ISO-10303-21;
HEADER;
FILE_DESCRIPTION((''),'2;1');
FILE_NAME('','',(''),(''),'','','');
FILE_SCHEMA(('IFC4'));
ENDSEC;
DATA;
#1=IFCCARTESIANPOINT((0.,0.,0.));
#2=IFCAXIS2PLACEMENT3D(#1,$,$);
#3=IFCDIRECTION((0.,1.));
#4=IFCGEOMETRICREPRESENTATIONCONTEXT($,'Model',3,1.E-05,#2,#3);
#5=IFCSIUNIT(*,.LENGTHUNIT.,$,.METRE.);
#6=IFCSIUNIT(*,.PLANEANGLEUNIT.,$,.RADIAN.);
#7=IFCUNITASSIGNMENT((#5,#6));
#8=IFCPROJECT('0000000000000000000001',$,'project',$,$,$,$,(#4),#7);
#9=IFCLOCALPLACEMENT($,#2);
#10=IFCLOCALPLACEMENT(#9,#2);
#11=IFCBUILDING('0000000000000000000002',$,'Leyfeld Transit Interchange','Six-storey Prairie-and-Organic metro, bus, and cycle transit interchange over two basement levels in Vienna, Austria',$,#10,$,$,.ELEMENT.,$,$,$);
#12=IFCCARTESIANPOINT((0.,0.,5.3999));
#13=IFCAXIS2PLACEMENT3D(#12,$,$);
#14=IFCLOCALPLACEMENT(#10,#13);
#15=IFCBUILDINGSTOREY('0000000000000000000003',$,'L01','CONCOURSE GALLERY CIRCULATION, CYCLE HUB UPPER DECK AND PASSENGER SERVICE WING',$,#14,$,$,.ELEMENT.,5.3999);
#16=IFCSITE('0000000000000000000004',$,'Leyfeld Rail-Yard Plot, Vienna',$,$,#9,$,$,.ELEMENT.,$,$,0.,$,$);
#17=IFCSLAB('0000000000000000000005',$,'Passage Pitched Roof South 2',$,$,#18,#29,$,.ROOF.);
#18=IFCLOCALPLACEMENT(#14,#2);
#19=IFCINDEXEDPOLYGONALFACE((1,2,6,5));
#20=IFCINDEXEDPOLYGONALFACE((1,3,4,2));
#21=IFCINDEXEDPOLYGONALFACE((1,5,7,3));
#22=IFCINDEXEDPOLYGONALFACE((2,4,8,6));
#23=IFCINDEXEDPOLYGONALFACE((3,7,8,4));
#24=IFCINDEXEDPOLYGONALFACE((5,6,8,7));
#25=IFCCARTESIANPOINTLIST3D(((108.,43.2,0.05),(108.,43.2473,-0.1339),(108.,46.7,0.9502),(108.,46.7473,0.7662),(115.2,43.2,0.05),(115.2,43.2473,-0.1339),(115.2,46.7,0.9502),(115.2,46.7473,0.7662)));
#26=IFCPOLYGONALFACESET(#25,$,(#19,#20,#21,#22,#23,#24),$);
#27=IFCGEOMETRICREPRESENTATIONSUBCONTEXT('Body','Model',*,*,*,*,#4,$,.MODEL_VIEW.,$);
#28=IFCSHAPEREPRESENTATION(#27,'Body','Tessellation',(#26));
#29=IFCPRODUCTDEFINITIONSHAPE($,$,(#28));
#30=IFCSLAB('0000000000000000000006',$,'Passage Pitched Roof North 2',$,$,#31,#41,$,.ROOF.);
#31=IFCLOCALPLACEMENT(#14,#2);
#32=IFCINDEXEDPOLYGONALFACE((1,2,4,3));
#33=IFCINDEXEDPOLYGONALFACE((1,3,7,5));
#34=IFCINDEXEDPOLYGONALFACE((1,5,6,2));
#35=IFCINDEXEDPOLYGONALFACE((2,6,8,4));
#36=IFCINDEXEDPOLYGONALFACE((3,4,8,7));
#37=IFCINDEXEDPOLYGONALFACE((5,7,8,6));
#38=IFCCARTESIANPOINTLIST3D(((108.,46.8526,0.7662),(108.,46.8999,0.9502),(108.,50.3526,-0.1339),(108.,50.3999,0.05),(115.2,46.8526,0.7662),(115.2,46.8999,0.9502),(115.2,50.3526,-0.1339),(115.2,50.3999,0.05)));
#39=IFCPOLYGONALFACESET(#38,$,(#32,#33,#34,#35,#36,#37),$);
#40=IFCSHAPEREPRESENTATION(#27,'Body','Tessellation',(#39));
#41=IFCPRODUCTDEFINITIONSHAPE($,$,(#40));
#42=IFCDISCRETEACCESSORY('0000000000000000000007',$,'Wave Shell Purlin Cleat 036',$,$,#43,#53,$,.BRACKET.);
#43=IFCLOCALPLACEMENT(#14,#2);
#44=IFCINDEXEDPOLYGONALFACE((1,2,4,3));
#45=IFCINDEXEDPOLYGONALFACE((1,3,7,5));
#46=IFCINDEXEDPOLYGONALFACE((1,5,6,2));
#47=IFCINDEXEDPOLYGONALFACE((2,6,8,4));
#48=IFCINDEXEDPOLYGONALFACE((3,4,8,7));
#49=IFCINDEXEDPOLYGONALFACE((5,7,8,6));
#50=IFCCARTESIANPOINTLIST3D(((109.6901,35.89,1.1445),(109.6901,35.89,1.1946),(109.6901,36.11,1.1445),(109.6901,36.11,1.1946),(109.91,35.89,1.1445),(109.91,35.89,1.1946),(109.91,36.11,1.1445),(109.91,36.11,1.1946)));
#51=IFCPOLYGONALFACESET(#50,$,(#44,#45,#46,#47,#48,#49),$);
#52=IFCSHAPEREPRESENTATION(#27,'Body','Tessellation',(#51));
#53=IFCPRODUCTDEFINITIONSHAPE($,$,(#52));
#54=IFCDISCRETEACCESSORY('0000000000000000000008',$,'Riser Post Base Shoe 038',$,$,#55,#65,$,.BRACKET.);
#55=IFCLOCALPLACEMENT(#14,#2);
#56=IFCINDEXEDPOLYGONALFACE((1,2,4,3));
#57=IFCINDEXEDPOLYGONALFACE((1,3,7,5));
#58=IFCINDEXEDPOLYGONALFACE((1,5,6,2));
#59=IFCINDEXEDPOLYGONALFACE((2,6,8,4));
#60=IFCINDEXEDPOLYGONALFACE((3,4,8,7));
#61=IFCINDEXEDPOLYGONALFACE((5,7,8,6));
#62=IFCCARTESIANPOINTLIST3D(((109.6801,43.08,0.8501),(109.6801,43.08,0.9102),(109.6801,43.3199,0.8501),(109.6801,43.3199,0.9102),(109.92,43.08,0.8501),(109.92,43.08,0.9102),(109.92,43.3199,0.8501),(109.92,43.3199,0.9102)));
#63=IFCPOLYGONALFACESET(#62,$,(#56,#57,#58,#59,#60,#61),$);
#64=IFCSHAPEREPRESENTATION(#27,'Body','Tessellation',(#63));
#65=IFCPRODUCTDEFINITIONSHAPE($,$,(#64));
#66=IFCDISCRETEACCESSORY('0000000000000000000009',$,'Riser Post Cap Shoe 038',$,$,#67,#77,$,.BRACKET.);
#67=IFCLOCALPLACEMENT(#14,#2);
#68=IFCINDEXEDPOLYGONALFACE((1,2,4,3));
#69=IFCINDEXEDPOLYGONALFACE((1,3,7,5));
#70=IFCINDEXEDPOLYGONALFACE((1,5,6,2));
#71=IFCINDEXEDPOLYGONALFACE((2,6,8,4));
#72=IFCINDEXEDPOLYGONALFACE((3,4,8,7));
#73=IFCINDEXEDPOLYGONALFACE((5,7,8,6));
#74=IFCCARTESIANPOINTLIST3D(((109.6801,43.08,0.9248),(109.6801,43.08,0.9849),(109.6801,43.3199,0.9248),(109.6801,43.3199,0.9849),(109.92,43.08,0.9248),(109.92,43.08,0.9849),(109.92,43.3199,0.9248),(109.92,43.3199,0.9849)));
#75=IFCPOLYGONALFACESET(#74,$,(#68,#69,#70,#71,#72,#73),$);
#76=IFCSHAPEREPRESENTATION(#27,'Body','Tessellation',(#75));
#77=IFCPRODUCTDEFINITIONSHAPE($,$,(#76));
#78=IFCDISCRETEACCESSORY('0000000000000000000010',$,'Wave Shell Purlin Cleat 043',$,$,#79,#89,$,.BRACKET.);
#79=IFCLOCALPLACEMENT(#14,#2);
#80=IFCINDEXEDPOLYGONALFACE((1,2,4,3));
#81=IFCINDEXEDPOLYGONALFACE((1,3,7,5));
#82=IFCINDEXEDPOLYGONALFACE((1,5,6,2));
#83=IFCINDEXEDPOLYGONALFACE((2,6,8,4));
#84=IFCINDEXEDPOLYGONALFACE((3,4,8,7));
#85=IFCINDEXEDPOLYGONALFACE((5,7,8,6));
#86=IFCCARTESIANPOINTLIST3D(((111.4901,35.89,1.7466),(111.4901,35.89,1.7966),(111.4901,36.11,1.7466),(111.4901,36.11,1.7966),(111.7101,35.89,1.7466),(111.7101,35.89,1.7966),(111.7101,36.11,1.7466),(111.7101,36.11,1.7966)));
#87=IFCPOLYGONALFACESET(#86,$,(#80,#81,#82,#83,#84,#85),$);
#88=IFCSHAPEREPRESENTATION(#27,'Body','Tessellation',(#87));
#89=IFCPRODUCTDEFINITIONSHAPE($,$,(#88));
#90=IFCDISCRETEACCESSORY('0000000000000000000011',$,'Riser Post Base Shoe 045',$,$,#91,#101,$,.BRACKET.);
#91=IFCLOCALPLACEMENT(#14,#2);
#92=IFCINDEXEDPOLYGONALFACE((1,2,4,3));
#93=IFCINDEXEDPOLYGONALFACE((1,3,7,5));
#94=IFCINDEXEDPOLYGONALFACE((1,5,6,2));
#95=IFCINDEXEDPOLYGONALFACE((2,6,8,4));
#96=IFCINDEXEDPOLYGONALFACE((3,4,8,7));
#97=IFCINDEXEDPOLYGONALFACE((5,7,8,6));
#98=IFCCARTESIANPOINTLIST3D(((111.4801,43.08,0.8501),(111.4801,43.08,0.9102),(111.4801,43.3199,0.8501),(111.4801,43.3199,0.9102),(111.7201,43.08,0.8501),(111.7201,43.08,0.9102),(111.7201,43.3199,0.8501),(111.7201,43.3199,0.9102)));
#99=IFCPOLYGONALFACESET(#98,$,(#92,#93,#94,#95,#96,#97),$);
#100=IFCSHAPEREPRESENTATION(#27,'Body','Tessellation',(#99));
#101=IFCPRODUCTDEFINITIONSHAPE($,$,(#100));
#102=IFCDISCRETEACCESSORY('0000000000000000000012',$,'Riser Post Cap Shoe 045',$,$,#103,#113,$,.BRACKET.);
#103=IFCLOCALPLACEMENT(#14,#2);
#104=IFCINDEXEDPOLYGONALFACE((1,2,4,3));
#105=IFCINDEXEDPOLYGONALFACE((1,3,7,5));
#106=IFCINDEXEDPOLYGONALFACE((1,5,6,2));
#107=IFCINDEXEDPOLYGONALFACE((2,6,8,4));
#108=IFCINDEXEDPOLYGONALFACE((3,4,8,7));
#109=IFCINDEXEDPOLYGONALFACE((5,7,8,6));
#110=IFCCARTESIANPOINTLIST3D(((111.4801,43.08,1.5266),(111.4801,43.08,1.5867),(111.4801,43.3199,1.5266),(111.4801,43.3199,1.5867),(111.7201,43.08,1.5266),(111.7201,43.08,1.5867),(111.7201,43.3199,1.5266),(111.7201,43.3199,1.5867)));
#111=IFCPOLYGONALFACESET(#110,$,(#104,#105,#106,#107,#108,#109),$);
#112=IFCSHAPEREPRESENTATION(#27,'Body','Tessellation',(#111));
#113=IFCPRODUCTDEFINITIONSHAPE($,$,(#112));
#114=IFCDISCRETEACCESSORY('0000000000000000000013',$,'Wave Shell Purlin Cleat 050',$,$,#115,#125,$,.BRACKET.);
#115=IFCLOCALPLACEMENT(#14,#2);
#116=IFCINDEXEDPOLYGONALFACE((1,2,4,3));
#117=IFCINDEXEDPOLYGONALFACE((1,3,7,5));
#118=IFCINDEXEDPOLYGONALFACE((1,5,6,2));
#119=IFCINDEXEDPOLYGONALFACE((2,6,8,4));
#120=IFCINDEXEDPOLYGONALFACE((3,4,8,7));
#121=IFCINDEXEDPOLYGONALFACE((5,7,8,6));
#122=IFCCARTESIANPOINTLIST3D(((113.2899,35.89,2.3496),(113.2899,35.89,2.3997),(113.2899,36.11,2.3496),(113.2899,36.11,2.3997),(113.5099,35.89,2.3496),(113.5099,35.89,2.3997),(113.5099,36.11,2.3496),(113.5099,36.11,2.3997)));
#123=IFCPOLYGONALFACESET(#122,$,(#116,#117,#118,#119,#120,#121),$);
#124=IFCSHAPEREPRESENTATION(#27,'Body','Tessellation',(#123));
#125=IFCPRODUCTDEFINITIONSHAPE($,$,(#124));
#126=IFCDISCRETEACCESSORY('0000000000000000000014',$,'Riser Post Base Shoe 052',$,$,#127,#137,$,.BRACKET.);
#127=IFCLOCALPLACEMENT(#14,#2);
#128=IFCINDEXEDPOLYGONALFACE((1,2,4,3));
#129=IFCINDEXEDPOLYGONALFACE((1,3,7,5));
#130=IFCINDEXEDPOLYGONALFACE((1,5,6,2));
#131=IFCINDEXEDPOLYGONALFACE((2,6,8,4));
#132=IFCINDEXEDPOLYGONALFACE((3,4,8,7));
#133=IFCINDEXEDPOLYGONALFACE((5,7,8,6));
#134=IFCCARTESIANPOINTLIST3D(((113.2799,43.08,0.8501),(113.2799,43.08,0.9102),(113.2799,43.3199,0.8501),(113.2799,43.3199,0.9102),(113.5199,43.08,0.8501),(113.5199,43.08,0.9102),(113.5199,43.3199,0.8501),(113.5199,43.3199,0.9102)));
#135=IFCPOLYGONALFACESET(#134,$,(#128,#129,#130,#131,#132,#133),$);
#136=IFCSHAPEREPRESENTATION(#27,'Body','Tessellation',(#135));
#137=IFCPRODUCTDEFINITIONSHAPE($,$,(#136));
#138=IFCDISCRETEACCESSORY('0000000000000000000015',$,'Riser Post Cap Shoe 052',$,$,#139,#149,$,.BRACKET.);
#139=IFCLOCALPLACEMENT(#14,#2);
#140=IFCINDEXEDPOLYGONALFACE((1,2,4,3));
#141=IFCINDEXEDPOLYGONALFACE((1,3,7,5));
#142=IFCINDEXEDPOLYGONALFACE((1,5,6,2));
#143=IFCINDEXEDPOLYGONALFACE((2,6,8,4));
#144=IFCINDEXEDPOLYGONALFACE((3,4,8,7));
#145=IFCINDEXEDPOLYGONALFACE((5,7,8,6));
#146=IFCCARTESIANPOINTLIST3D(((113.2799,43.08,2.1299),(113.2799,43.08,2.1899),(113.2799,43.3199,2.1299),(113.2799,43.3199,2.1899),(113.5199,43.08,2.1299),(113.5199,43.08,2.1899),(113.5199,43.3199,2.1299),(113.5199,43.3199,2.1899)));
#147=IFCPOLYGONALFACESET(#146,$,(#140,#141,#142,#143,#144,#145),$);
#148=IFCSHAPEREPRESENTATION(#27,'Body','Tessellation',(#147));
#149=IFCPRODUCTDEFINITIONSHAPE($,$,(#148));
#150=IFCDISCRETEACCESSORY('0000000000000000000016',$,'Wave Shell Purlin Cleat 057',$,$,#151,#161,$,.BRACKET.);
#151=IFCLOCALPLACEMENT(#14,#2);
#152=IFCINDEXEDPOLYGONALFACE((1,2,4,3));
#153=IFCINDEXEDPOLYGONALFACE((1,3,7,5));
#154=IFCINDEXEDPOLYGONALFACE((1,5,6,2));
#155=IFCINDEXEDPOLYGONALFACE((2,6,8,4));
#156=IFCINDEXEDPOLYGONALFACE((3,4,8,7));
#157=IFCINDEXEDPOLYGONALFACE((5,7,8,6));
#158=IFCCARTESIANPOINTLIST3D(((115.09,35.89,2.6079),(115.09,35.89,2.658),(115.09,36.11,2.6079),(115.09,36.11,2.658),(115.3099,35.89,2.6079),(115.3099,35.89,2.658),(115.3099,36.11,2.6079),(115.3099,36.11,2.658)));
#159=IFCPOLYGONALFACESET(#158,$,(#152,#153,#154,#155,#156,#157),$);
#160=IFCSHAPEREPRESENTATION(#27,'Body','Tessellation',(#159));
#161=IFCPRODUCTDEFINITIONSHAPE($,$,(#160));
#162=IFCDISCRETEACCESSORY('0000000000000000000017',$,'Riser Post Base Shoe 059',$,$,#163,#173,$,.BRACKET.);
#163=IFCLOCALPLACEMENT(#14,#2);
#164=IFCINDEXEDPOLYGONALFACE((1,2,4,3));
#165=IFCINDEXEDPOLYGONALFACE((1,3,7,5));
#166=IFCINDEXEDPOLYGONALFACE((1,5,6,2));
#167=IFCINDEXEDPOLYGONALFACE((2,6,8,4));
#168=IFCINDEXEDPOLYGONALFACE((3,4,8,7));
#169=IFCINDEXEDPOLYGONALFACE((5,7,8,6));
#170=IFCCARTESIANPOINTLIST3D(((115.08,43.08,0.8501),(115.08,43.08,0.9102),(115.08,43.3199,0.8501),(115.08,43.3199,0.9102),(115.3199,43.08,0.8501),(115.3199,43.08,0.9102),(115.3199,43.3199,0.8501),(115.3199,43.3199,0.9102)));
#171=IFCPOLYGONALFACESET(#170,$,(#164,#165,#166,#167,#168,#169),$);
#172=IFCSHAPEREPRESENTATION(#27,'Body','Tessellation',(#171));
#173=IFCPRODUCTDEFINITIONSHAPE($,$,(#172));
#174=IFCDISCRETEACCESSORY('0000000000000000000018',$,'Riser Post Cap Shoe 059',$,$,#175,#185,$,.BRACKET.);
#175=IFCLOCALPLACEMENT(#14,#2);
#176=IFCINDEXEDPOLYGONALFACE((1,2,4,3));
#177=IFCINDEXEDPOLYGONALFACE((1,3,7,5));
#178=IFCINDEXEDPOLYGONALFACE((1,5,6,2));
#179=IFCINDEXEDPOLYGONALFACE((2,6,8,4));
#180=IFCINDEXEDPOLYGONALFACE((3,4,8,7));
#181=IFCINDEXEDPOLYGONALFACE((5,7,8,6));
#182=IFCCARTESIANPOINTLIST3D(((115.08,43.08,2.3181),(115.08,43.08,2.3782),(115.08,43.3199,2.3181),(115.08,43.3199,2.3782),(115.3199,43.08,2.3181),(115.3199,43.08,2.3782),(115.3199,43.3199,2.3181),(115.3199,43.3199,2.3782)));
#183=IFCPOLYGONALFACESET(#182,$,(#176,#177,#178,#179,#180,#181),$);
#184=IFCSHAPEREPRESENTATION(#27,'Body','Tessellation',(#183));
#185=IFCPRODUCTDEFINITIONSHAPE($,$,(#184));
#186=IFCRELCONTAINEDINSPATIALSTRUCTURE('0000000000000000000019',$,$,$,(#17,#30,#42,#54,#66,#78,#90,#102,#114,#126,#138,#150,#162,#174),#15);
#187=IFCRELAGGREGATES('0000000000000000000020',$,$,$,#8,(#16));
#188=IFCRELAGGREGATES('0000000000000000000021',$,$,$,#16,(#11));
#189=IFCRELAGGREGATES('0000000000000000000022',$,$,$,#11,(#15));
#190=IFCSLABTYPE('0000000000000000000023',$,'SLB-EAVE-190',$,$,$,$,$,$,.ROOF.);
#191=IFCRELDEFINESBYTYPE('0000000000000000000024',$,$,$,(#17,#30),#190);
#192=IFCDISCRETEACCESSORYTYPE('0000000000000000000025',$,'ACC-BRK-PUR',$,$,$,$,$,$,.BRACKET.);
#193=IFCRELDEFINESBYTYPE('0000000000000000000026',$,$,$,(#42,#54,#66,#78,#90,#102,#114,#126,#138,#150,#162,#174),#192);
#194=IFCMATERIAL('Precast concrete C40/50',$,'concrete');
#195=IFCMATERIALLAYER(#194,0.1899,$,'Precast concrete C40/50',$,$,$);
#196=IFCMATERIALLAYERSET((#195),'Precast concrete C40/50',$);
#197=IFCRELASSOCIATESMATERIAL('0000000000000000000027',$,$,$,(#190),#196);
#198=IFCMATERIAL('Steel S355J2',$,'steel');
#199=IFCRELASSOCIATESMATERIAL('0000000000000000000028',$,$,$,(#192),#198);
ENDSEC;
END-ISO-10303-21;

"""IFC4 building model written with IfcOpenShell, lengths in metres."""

from ifc_helpers import new_model, si_unit, direction, frame, origin, origin_2d, place, context, subcontext, project, spatial, polyline, rectangle, outline, extrude, material, layer, layer_set, type_object, element, save


model = new_model("IFC4")

# Units and contexts
model_context = context("Model", 3, precision=1e-05, world=origin(), true_north=direction((0.0, 1.0)))
body_context = subcontext(model_context, "Body", "Model", "MODEL_VIEW")
ifc_project = project(units=[si_unit("LENGTHUNIT", "METRE"), si_unit("PLANEANGLEUNIT", "RADIAN")], contexts=[model_context])

# Site, building, storey
site_placement = place(None, origin())
site = spatial("IfcSite", under=ifc_project, at=site_placement, Name="Leyfeld Rail-Yard Plot, Vienna", CompositionType="ELEMENT", RefElevation=0.0)
building_placement = place(site_placement, origin())
building = spatial("IfcBuilding", under=site, at=building_placement, Name="Leyfeld Transit Interchange", Description="Six-storey Prairie-and-Organic metro, bus, and cycle transit interchange over two basement levels in Vienna, Austria", CompositionType="ELEMENT")
storey_placement = place(building_placement, frame((0.0, 0.0, 5.3999)))
storey = spatial("IfcBuildingStorey", under=building, at=storey_placement, Name="L01", Description="CONCOURSE GALLERY CIRCULATION, CYCLE HUB UPPER DECK AND PASSENGER SERVICE WING", CompositionType="ELEMENT", Elevation=5.3999)

# Shared definitions
ifc_material_1 = material(Name="Steel S355J2", Category="steel")

# Slabs
ifc_material_2 = material(Name="Precast concrete C40/50", Category="concrete")
ifc_layer = layer(ifc_material_2, 0.1899, Name="Precast concrete C40/50")
ifc_layer_set = layer_set([ifc_layer], Name="Precast concrete C40/50")
slab_type = type_object("IfcSlabType", Name="SLB-EAVE-190", PredefinedType="ROOF", material=ifc_layer_set)
for number, where, z_axis, x_axis, name in (
    (1, (108.0, 43.2, 0.05), (0.0, -0.249079, 0.968483), (1.0, 0.0, 0.0), "Passage Pitched Roof South 2"),
    (2, (108.0, 46.8999, 0.9502), (0.0, 0.249079, 0.968483), (1.0, 0.0, 0.0), "Passage Pitched Roof North 2"),
):
    element("IfcSlab", number, at=place(storey_placement, frame(where, z_axis=z_axis, x_axis=x_axis)), inside=storey, type_object=slab_type, Name=name, PredefinedType="ROOF", context=body_context, shape_type="SweptSolid", body=[
        extrude(outline(polyline([(0.0, 0.0), (7.2, 0.0), (7.2, 3.6139), (0.0, 3.6139), (0.0, 0.0)])), origin(), (0.0, 0.0, -1.0), 0.1899),
    ])

# Discrete accessories
discrete_accessory_type = type_object("IfcDiscreteAccessoryType", Name="ACC-BRK-PUR", PredefinedType="BRACKET", material=ifc_material_1)
discrete_accessory_1_placement = place(storey_placement, frame((109.8, 36.0, 1.1445), z_axis=(0.0, 0.0, 1.0), x_axis=(1.0, 0.0, 0.0)))
element("IfcDiscreteAccessory", 3, at=discrete_accessory_1_placement, inside=storey, type_object=discrete_accessory_type, Name="Wave Shell Purlin Cleat 036", PredefinedType="BRACKET", context=body_context, shape_type="SweptSolid", body=[
    extrude(rectangle(XDim=0.22, YDim=0.22, at=origin_2d()), origin(), (0.0, 0.0, 1.0), 0.05),
])
for number, where, z_axis, x_axis, name in (
    (4, (109.8, 43.2, 0.8501), (0.0, 0.0, 1.0), (1.0, 0.0, 0.0), "Riser Post Base Shoe 038"),
    (5, (109.8, 43.2, 0.9248), (0.0, 0.0, 1.0), (1.0, 0.0, 0.0), "Riser Post Cap Shoe 038"),
):
    element("IfcDiscreteAccessory", number, at=place(storey_placement, frame(where, z_axis=z_axis, x_axis=x_axis)), inside=storey, type_object=discrete_accessory_type, Name=name, PredefinedType="BRACKET", context=body_context, shape_type="SweptSolid", body=[
        extrude(rectangle(XDim=0.24, YDim=0.24, at=origin_2d()), origin(), (0.0, 0.0, 1.0), 0.0601),
    ])
discrete_accessory_2_placement = place(storey_placement, frame((111.6001, 36.0, 1.7466), z_axis=(0.0, 0.0, 1.0), x_axis=(1.0, 0.0, 0.0)))
element("IfcDiscreteAccessory", 6, at=discrete_accessory_2_placement, inside=storey, type_object=discrete_accessory_type, Name="Wave Shell Purlin Cleat 043", PredefinedType="BRACKET", context=body_context, shape_type="SweptSolid", body=[
    extrude(rectangle(XDim=0.22, YDim=0.22, at=origin_2d()), origin(), (0.0, 0.0, 1.0), 0.05),
])
for number, where, z_axis, x_axis, name in (
    (7, (111.6001, 43.2, 0.8501), (0.0, 0.0, 1.0), (1.0, 0.0, 0.0), "Riser Post Base Shoe 045"),
    (8, (111.6001, 43.2, 1.5266), (0.0, 0.0, 1.0), (1.0, 0.0, 0.0), "Riser Post Cap Shoe 045"),
):
    element("IfcDiscreteAccessory", number, at=place(storey_placement, frame(where, z_axis=z_axis, x_axis=x_axis)), inside=storey, type_object=discrete_accessory_type, Name=name, PredefinedType="BRACKET", context=body_context, shape_type="SweptSolid", body=[
        extrude(rectangle(XDim=0.24, YDim=0.24, at=origin_2d()), origin(), (0.0, 0.0, 1.0), 0.0601),
    ])
discrete_accessory_3_placement = place(storey_placement, frame((113.3999, 36.0, 2.3496), z_axis=(0.0, 0.0, 1.0), x_axis=(1.0, 0.0, 0.0)))
element("IfcDiscreteAccessory", 9, at=discrete_accessory_3_placement, inside=storey, type_object=discrete_accessory_type, Name="Wave Shell Purlin Cleat 050", PredefinedType="BRACKET", context=body_context, shape_type="SweptSolid", body=[
    extrude(rectangle(XDim=0.22, YDim=0.22, at=origin_2d()), origin(), (0.0, 0.0, 1.0), 0.05),
])
for number, where, z_axis, x_axis, name in (
    (10, (113.3999, 43.2, 0.8501), (0.0, 0.0, 1.0), (1.0, 0.0, 0.0), "Riser Post Base Shoe 052"),
    (11, (113.3999, 43.2, 2.1299), (0.0, 0.0, 1.0), (1.0, 0.0, 0.0), "Riser Post Cap Shoe 052"),
):
    element("IfcDiscreteAccessory", number, at=place(storey_placement, frame(where, z_axis=z_axis, x_axis=x_axis)), inside=storey, type_object=discrete_accessory_type, Name=name, PredefinedType="BRACKET", context=body_context, shape_type="SweptSolid", body=[
        extrude(rectangle(XDim=0.24, YDim=0.24, at=origin_2d()), origin(), (0.0, 0.0, 1.0), 0.0601),
    ])
discrete_accessory_4_placement = place(storey_placement, frame((115.2, 36.0, 2.6079), z_axis=(0.0, 0.0, 1.0), x_axis=(1.0, 0.0, 0.0)))
element("IfcDiscreteAccessory", 12, at=discrete_accessory_4_placement, inside=storey, type_object=discrete_accessory_type, Name="Wave Shell Purlin Cleat 057", PredefinedType="BRACKET", context=body_context, shape_type="SweptSolid", body=[
    extrude(rectangle(XDim=0.22, YDim=0.22, at=origin_2d()), origin(), (0.0, 0.0, 1.0), 0.05),
])
for number, where, z_axis, x_axis, name in (
    (13, (115.2, 43.2, 0.8501), (0.0, 0.0, 1.0), (1.0, 0.0, 0.0), "Riser Post Base Shoe 059"),
    (14, (115.2, 43.2, 2.3181), (0.0, 0.0, 1.0), (1.0, 0.0, 0.0), "Riser Post Cap Shoe 059"),
):
    element("IfcDiscreteAccessory", number, at=place(storey_placement, frame(where, z_axis=z_axis, x_axis=x_axis)), inside=storey, type_object=discrete_accessory_type, Name=name, PredefinedType="BRACKET", context=body_context, shape_type="SweptSolid", body=[
        extrude(rectangle(XDim=0.24, YDim=0.24, at=origin_2d()), origin(), (0.0, 0.0, 1.0), 0.0601),
    ])

save(model, "model.ifc")
